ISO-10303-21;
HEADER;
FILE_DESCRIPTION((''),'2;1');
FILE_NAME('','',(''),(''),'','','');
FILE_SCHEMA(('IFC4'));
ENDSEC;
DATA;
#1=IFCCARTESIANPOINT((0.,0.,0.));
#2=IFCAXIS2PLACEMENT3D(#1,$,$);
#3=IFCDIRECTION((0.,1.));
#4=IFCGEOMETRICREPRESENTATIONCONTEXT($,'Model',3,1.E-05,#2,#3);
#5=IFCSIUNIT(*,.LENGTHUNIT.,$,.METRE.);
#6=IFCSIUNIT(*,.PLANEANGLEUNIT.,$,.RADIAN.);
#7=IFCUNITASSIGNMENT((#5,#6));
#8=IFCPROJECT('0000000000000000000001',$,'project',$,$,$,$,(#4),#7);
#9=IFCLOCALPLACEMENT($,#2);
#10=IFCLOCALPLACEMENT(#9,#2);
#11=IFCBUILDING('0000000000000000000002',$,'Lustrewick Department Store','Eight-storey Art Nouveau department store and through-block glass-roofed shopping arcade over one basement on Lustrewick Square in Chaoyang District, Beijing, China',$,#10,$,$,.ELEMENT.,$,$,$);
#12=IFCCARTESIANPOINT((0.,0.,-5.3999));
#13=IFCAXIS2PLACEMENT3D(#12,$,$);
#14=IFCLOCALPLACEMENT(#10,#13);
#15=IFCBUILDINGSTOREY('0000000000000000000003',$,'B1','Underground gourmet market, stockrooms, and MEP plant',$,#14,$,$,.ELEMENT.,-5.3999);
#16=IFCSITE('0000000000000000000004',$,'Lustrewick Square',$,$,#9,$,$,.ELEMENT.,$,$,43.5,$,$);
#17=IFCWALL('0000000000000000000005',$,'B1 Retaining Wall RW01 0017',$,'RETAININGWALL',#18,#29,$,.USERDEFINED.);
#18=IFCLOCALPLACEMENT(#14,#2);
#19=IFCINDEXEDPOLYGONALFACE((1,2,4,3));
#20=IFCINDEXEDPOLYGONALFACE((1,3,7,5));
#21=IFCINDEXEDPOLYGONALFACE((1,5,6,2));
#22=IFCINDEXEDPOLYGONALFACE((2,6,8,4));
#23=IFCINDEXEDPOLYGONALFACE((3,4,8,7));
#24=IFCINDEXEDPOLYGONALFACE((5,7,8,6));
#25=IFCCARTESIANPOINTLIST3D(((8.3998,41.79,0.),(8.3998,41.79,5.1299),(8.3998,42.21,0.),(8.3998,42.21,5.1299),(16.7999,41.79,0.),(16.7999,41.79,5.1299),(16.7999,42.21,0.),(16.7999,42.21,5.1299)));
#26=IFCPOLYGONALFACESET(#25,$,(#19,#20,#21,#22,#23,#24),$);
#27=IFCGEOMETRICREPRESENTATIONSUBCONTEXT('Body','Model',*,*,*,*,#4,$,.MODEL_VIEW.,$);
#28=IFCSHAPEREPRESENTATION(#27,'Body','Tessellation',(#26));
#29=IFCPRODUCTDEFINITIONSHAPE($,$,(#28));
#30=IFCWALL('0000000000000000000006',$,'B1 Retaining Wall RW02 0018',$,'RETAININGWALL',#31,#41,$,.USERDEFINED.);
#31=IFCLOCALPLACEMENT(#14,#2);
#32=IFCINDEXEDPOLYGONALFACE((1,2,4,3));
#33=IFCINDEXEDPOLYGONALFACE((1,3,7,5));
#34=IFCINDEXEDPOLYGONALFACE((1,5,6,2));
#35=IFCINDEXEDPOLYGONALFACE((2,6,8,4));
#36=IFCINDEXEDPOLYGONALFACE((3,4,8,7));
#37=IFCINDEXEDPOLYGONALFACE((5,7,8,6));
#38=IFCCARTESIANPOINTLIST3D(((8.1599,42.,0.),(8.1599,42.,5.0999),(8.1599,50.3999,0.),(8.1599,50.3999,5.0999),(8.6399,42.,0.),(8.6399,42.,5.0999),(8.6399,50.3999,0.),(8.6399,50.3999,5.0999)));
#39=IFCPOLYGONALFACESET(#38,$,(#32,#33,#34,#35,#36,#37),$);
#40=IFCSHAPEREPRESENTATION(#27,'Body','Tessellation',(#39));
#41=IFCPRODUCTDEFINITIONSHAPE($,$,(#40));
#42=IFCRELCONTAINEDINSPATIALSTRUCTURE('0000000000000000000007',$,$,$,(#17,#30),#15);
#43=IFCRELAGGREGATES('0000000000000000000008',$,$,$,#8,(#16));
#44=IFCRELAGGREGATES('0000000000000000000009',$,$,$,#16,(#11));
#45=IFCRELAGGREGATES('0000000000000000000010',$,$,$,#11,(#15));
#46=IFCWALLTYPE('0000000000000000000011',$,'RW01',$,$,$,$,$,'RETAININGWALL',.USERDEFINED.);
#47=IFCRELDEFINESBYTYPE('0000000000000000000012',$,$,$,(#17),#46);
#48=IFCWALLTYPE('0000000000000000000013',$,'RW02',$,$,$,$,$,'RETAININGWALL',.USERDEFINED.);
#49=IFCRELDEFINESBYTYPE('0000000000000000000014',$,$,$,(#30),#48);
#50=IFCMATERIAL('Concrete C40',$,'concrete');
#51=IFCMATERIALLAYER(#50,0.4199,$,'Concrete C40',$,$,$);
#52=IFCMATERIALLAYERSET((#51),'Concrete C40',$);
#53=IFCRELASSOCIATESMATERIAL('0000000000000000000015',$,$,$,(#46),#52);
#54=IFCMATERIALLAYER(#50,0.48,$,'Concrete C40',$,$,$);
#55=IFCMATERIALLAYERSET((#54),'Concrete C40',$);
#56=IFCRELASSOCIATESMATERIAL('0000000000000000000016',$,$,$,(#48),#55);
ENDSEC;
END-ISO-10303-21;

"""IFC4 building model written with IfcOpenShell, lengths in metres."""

from ifc_helpers import new_model, si_unit, direction, frame, frame_2d, origin, place, context, subcontext, project, spatial, rectangle, extrude, material, layer, layer_set, type_object, element, save


model = new_model("IFC4")

# Units and contexts
model_context = context("Model", 3, precision=1e-05, world=origin(), true_north=direction((0.0, 1.0)))
body_context = subcontext(model_context, "Body", "Model", "MODEL_VIEW")
ifc_project = project(units=[si_unit("LENGTHUNIT", "METRE"), si_unit("PLANEANGLEUNIT", "RADIAN")], contexts=[model_context])

# Site, building, storey
site_placement = place(None, origin())
site = spatial("IfcSite", under=ifc_project, at=site_placement, Name="Lustrewick Square", CompositionType="ELEMENT", RefElevation=43.5)
building_placement = place(site_placement, origin())
building = spatial("IfcBuilding", under=site, at=building_placement, Name="Lustrewick Department Store", Description="Eight-storey Art Nouveau department store and through-block glass-roofed shopping arcade over one basement on Lustrewick Square in Chaoyang District, Beijing, China", CompositionType="ELEMENT")
storey_placement = place(building_placement, frame((0.0, 0.0, -5.3999)))
storey = spatial("IfcBuildingStorey", under=building, at=storey_placement, Name="B1", Description="Underground gourmet market, stockrooms, and MEP plant", CompositionType="ELEMENT", Elevation=-5.3999)

# Shared definitions
ifc_material_1 = material(Name="Concrete C40", Category="concrete")

# Walls
ifc_layer_1 = layer(ifc_material_1, 0.4199, Name="Concrete C40")
ifc_layer_set_1 = layer_set([ifc_layer_1], Name="Concrete C40")
wall_type_1 = type_object("IfcWallType", Name="RW01", ElementType="RETAININGWALL", PredefinedType="USERDEFINED", material=ifc_layer_set_1)
wall_1_placement = place(storey_placement, frame((16.8, 42.0, 0.0), z_axis=(0.0, 0.0, 1.0), x_axis=(-1.0, 0.0, 0.0)))
element("IfcWall", 1, at=wall_1_placement, inside=storey, type_object=wall_type_1, Name="B1 Retaining Wall RW01 0017", ObjectType="RETAININGWALL", PredefinedType="USERDEFINED", context=body_context, shape_type="SweptSolid", body=[
    extrude(rectangle(XDim=8.4001, YDim=0.4199, at=frame_2d((4.2002, 0.0))), origin(), (0.0, 0.0, 1.0), 5.1299),
])
ifc_layer_2 = layer(ifc_material_1, 0.48, Name="Concrete C40")
ifc_layer_set_2 = layer_set([ifc_layer_2], Name="Concrete C40")
wall_type_2 = type_object("IfcWallType", Name="RW02", ElementType="RETAININGWALL", PredefinedType="USERDEFINED", material=ifc_layer_set_2)
wall_2_placement = place(storey_placement, frame((8.3999, 42.0, 0.0), z_axis=(0.0, 0.0, 1.0), x_axis=(0.0, 1.0, 0.0)))
element("IfcWall", 2, at=wall_2_placement, inside=storey, type_object=wall_type_2, Name="B1 Retaining Wall RW02 0018", ObjectType="RETAININGWALL", PredefinedType="USERDEFINED", context=body_context, shape_type="SweptSolid", body=[
    extrude(rectangle(XDim=8.3999, YDim=0.48, at=frame_2d((4.2, 0.0))), origin(), (0.0, 0.0, 1.0), 5.0999),
])

save(model, "model.ifc")
